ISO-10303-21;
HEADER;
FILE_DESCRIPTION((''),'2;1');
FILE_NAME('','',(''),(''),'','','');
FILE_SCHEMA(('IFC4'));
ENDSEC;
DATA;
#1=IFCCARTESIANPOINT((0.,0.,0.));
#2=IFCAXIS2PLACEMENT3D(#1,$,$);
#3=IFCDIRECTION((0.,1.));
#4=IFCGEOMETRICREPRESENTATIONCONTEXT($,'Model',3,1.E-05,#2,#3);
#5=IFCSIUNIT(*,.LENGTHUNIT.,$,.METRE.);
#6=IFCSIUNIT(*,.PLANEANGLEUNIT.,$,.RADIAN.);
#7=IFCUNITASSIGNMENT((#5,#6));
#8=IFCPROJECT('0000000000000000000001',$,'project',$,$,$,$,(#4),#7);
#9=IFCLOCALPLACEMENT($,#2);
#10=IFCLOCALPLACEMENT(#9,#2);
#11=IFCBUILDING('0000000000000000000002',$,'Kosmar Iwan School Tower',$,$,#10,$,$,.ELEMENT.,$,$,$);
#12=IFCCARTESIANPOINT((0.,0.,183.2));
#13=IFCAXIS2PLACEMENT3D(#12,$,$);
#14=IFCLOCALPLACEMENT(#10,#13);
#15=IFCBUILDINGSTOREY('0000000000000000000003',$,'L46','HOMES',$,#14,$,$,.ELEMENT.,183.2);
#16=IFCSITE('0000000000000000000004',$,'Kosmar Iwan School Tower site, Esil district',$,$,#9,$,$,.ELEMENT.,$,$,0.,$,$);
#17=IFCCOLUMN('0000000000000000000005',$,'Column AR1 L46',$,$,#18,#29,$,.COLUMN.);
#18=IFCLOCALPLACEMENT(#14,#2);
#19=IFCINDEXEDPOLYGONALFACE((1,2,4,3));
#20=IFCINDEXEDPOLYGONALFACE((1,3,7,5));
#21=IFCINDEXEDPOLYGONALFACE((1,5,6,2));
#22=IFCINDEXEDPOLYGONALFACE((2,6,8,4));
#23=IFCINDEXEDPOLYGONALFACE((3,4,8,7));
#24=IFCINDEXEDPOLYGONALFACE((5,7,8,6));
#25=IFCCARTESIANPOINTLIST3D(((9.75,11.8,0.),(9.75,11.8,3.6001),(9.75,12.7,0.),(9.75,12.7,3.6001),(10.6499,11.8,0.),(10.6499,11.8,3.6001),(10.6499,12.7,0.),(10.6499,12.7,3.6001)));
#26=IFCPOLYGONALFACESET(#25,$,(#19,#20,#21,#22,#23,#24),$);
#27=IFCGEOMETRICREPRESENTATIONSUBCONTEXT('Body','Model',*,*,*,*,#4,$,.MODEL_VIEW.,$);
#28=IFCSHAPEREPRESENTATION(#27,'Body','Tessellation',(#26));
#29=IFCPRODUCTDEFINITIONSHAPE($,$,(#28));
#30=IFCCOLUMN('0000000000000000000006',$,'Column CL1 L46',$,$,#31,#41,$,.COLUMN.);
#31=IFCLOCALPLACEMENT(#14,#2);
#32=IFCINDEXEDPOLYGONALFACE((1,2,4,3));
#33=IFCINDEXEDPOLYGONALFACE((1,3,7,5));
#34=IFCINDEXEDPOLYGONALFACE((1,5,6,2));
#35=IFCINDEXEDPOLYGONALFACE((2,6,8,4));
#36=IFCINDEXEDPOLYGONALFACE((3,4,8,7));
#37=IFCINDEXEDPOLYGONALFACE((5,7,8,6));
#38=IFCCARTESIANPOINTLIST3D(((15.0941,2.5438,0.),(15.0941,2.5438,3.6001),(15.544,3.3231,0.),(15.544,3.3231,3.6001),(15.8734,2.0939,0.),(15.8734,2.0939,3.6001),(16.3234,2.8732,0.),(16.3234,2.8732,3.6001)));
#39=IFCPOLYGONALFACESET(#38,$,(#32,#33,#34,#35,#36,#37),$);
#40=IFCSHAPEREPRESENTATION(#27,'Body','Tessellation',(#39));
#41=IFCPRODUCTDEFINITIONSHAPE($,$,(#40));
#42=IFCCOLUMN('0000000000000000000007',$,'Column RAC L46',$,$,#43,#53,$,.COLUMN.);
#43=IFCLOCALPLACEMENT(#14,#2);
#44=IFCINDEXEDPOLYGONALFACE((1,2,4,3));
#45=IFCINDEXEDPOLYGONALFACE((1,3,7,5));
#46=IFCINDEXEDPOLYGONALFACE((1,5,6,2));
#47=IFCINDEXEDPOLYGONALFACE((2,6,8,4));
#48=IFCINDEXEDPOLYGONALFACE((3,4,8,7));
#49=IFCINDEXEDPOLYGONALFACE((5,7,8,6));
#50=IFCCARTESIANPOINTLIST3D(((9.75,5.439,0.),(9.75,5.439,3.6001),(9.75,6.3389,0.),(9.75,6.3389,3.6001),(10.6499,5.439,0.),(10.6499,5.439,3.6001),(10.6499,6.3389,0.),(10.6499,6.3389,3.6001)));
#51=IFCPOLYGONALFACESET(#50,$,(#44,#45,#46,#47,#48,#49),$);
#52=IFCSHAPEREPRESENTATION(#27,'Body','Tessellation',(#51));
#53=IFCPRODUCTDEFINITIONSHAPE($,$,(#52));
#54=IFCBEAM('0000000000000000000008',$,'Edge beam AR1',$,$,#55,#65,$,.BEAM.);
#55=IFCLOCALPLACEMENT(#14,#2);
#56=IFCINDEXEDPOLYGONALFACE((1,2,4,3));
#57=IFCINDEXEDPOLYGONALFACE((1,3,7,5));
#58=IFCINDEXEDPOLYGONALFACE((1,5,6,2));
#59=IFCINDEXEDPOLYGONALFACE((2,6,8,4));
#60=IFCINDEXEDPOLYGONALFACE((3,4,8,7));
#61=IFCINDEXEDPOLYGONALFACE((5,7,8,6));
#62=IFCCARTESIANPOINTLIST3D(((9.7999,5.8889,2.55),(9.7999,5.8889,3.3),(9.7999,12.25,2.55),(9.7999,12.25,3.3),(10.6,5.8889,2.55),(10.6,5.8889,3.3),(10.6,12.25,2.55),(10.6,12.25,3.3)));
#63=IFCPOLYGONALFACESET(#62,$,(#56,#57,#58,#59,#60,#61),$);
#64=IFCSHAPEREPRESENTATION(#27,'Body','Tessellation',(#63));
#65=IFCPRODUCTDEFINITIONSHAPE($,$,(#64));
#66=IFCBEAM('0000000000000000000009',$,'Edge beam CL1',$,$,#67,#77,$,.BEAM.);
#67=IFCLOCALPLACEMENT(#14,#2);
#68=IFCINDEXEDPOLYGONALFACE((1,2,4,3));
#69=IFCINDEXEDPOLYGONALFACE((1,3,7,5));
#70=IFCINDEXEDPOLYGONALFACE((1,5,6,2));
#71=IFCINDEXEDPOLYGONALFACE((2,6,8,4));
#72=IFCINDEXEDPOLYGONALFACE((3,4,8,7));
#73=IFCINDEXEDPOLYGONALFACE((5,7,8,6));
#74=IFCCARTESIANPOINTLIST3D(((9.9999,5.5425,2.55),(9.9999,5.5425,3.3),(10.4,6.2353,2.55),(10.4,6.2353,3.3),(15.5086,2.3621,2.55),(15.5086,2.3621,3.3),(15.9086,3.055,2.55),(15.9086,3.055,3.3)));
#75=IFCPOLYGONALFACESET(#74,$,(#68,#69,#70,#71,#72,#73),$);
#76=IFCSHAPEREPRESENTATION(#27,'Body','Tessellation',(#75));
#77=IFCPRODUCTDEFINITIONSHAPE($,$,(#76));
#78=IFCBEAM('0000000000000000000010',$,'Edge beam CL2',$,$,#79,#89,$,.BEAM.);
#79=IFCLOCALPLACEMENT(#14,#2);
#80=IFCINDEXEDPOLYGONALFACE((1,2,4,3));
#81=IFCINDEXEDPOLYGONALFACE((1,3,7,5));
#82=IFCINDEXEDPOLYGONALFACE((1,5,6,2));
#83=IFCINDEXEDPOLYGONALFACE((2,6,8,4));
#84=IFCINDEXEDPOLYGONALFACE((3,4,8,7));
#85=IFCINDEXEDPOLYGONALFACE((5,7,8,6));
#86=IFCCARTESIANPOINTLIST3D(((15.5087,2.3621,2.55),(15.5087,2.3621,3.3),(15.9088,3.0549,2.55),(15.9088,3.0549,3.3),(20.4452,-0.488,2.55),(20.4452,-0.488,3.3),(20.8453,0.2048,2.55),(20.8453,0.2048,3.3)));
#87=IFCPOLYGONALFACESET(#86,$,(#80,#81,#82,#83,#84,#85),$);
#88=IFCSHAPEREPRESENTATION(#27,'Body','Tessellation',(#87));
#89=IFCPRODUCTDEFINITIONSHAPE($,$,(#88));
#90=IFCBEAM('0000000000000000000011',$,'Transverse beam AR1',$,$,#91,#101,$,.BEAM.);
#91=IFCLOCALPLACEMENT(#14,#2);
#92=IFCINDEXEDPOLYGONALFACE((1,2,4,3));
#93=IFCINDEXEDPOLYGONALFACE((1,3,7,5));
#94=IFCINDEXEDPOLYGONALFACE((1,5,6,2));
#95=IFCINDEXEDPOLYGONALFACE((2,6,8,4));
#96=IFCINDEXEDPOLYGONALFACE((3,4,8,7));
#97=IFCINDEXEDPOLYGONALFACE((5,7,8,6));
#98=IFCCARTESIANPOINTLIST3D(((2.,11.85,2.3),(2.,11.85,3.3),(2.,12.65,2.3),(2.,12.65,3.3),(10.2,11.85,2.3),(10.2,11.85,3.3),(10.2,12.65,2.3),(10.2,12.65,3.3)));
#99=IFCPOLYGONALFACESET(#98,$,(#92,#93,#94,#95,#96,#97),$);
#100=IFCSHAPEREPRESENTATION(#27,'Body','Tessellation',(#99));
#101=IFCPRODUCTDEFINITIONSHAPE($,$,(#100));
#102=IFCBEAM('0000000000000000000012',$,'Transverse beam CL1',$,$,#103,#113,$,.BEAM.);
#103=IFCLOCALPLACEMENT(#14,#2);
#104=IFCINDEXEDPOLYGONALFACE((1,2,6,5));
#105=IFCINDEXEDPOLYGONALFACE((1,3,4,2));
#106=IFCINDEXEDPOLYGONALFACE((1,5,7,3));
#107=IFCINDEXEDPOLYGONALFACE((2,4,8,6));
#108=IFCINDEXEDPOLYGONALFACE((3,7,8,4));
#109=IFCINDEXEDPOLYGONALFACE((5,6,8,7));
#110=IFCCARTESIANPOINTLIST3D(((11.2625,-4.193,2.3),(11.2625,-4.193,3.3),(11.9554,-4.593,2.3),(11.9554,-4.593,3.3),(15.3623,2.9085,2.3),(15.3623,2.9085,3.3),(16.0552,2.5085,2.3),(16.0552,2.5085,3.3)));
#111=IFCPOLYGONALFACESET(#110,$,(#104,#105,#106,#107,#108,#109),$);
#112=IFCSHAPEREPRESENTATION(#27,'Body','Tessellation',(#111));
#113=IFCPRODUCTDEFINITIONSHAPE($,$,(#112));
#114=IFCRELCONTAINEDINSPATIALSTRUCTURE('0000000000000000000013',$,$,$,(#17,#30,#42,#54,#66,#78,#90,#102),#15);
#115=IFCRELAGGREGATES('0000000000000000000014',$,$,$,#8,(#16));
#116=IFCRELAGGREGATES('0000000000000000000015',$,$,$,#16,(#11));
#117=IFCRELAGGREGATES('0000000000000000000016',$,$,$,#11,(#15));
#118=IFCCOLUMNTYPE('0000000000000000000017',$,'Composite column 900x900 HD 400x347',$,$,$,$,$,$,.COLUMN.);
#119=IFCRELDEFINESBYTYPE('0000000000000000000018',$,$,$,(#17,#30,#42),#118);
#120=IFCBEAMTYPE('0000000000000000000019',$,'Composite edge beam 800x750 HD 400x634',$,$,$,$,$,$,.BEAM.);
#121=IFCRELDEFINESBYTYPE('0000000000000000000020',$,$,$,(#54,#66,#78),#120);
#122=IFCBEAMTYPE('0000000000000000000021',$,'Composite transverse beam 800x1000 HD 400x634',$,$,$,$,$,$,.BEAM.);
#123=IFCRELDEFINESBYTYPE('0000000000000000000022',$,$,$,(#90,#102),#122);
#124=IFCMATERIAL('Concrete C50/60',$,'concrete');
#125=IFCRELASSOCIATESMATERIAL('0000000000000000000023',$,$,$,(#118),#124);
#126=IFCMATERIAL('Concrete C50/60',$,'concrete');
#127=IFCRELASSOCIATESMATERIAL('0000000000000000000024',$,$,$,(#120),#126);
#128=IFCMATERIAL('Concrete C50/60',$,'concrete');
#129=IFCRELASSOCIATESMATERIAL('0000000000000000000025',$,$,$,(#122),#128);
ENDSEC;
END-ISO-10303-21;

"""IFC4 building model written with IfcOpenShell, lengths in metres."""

from ifc_helpers import new_model, si_unit, direction, frame, origin, origin_2d, place, context, subcontext, project, spatial, rectangle, extrude, material, material_profile, profile_set, type_object, element, save


model = new_model("IFC4")

# Units and contexts
model_context = context("Model", 3, precision=1e-05, world=origin(), true_north=direction((0.0, 1.0)))
body_context = subcontext(model_context, "Body", "Model", "MODEL_VIEW")
ifc_project = project(units=[si_unit("LENGTHUNIT", "METRE"), si_unit("PLANEANGLEUNIT", "RADIAN")], contexts=[model_context])

# Site, building, storey
site_placement = place(None, origin())
site = spatial("IfcSite", under=ifc_project, at=site_placement, Name="Kosmar Iwan School Tower site, Esil district", CompositionType="ELEMENT", RefElevation=0.0)
building_placement = place(site_placement, origin())
building = spatial("IfcBuilding", under=site, at=building_placement, Name="Kosmar Iwan School Tower", CompositionType="ELEMENT")
storey_placement = place(building_placement, frame((0.0, 0.0, 183.2)))
storey = spatial("IfcBuildingStorey", under=building, at=storey_placement, Name="L46", Description="HOMES", CompositionType="ELEMENT", Elevation=183.2)

# Columns
ifc_material_1 = material(Name="Concrete C50/60", Category="concrete")
ifc_material_profile_1 = material_profile(ifc_material_1, rectangle(XDim=0.8999, YDim=0.8999, at=origin_2d()), Name="RC 900x900 + HD 400x347")
ifc_profile_set_1 = profile_set([ifc_material_profile_1], Name="Concrete C50/60")
column_type = type_object("IfcColumnType", Name="Composite column 900x900 HD 400x347", PredefinedType="COLUMN", material=ifc_profile_set_1)
for number, where, z_axis, x_axis, name in (
    (1, (10.2, 12.25, 0.0), (0.0, 0.0, 1.0), (0.0, 1.0, 0.0), "Column AR1 L46"),
    (2, (15.7087, 2.7085, 0.0), (0.0, 0.0, 1.0), (0.866025, -0.5, 0.0), "Column CL1 L46"),
    (3, (10.2, 5.8889, 0.0), (0.0, 0.0, 1.0), (1.0, 0.0, 0.0), "Column RAC L46"),
):
    element("IfcColumn", number, at=place(storey_placement, frame(where, z_axis=z_axis, x_axis=x_axis)), inside=storey, type_object=column_type, Name=name, PredefinedType="COLUMN", context=body_context, shape_type="SweptSolid", body=[
        extrude(rectangle(XDim=0.8999, YDim=0.8999, at=origin_2d()), origin(), (0.0, 0.0, 1.0), 3.6001),
    ])

# Beams
ifc_material_2 = material(Name="Concrete C50/60", Category="concrete")
ifc_material_profile_2 = material_profile(ifc_material_2, rectangle(XDim=0.8, YDim=0.75, at=origin_2d()), Name="RC 800x750 + HD 400x634")
ifc_profile_set_2 = profile_set([ifc_material_profile_2], Name="Concrete C50/60")
beam_type_1 = type_object("IfcBeamType", Name="Composite edge beam 800x750 HD 400x634", PredefinedType="BEAM", material=ifc_profile_set_2)
beam_1_placement = place(storey_placement, frame((10.2, 5.8889, 2.925), z_axis=(0.0, 1.0, 0.0), x_axis=(-1.0, 0.0, 0.0)))
element("IfcBeam", 4, at=beam_1_placement, inside=storey, type_object=beam_type_1, Name="Edge beam AR1", PredefinedType="BEAM", context=body_context, shape_type="SweptSolid", body=[
    extrude(rectangle(XDim=0.8, YDim=0.75, at=origin_2d()), origin(), (0.0, 0.0, 1.0), 6.3611),
])
beam_2_placement = place(storey_placement, frame((10.2, 5.8889, 2.925), z_axis=(0.866031, -0.49999, 0.0), x_axis=(0.49999, 0.866031, 0.0)))
element("IfcBeam", 5, at=beam_2_placement, inside=storey, type_object=beam_type_1, Name="Edge beam CL1", PredefinedType="BEAM", context=body_context, shape_type="SweptSolid", body=[
    extrude(rectangle(XDim=0.8, YDim=0.75, at=origin_2d()), origin(), (0.0, 0.0, 1.0), 6.3608),
])
beam_3_placement = place(storey_placement, frame((15.7087, 2.7085, 2.925), z_axis=(0.866026, -0.499999, 0.0), x_axis=(0.499999, 0.866026, 0.0)))
element("IfcBeam", 6, at=beam_3_placement, inside=storey, type_object=beam_type_1, Name="Edge beam CL2", PredefinedType="BEAM", context=body_context, shape_type="SweptSolid", body=[
    extrude(rectangle(XDim=0.8, YDim=0.75, at=origin_2d()), origin(), (0.0, 0.0, 1.0), 5.7002),
])
ifc_material_3 = material(Name="Concrete C50/60", Category="concrete")
ifc_material_profile_3 = material_profile(ifc_material_3, rectangle(XDim=0.8, YDim=1.0, at=origin_2d()), Name="RC 800x1000 + HD 400x634")
ifc_profile_set_3 = profile_set([ifc_material_profile_3], Name="Concrete C50/60")
beam_type_2 = type_object("IfcBeamType", Name="Composite transverse beam 800x1000 HD 400x634", PredefinedType="BEAM", material=ifc_profile_set_3)
for number, where, z_axis, x_axis, name in (
    (7, (10.2, 12.25, 2.8), (-1.0, 0.0, 0.0), (0.0, -1.0, 0.0), "Transverse beam AR1"),
    (8, (15.7087, 2.7085, 2.8), (-0.499978, -0.866038, 0.0), (0.866038, -0.499978, 0.0), "Transverse beam CL1"),
):
    element("IfcBeam", number, at=place(storey_placement, frame(where, z_axis=z_axis, x_axis=x_axis)), inside=storey, type_object=beam_type_2, Name=name, PredefinedType="BEAM", context=body_context, shape_type="SweptSolid", body=[
        extrude(rectangle(XDim=0.8, YDim=1.0, at=origin_2d()), origin(), (0.0, 0.0, 1.0), 8.2),
    ])

save(model, "model.ifc")
